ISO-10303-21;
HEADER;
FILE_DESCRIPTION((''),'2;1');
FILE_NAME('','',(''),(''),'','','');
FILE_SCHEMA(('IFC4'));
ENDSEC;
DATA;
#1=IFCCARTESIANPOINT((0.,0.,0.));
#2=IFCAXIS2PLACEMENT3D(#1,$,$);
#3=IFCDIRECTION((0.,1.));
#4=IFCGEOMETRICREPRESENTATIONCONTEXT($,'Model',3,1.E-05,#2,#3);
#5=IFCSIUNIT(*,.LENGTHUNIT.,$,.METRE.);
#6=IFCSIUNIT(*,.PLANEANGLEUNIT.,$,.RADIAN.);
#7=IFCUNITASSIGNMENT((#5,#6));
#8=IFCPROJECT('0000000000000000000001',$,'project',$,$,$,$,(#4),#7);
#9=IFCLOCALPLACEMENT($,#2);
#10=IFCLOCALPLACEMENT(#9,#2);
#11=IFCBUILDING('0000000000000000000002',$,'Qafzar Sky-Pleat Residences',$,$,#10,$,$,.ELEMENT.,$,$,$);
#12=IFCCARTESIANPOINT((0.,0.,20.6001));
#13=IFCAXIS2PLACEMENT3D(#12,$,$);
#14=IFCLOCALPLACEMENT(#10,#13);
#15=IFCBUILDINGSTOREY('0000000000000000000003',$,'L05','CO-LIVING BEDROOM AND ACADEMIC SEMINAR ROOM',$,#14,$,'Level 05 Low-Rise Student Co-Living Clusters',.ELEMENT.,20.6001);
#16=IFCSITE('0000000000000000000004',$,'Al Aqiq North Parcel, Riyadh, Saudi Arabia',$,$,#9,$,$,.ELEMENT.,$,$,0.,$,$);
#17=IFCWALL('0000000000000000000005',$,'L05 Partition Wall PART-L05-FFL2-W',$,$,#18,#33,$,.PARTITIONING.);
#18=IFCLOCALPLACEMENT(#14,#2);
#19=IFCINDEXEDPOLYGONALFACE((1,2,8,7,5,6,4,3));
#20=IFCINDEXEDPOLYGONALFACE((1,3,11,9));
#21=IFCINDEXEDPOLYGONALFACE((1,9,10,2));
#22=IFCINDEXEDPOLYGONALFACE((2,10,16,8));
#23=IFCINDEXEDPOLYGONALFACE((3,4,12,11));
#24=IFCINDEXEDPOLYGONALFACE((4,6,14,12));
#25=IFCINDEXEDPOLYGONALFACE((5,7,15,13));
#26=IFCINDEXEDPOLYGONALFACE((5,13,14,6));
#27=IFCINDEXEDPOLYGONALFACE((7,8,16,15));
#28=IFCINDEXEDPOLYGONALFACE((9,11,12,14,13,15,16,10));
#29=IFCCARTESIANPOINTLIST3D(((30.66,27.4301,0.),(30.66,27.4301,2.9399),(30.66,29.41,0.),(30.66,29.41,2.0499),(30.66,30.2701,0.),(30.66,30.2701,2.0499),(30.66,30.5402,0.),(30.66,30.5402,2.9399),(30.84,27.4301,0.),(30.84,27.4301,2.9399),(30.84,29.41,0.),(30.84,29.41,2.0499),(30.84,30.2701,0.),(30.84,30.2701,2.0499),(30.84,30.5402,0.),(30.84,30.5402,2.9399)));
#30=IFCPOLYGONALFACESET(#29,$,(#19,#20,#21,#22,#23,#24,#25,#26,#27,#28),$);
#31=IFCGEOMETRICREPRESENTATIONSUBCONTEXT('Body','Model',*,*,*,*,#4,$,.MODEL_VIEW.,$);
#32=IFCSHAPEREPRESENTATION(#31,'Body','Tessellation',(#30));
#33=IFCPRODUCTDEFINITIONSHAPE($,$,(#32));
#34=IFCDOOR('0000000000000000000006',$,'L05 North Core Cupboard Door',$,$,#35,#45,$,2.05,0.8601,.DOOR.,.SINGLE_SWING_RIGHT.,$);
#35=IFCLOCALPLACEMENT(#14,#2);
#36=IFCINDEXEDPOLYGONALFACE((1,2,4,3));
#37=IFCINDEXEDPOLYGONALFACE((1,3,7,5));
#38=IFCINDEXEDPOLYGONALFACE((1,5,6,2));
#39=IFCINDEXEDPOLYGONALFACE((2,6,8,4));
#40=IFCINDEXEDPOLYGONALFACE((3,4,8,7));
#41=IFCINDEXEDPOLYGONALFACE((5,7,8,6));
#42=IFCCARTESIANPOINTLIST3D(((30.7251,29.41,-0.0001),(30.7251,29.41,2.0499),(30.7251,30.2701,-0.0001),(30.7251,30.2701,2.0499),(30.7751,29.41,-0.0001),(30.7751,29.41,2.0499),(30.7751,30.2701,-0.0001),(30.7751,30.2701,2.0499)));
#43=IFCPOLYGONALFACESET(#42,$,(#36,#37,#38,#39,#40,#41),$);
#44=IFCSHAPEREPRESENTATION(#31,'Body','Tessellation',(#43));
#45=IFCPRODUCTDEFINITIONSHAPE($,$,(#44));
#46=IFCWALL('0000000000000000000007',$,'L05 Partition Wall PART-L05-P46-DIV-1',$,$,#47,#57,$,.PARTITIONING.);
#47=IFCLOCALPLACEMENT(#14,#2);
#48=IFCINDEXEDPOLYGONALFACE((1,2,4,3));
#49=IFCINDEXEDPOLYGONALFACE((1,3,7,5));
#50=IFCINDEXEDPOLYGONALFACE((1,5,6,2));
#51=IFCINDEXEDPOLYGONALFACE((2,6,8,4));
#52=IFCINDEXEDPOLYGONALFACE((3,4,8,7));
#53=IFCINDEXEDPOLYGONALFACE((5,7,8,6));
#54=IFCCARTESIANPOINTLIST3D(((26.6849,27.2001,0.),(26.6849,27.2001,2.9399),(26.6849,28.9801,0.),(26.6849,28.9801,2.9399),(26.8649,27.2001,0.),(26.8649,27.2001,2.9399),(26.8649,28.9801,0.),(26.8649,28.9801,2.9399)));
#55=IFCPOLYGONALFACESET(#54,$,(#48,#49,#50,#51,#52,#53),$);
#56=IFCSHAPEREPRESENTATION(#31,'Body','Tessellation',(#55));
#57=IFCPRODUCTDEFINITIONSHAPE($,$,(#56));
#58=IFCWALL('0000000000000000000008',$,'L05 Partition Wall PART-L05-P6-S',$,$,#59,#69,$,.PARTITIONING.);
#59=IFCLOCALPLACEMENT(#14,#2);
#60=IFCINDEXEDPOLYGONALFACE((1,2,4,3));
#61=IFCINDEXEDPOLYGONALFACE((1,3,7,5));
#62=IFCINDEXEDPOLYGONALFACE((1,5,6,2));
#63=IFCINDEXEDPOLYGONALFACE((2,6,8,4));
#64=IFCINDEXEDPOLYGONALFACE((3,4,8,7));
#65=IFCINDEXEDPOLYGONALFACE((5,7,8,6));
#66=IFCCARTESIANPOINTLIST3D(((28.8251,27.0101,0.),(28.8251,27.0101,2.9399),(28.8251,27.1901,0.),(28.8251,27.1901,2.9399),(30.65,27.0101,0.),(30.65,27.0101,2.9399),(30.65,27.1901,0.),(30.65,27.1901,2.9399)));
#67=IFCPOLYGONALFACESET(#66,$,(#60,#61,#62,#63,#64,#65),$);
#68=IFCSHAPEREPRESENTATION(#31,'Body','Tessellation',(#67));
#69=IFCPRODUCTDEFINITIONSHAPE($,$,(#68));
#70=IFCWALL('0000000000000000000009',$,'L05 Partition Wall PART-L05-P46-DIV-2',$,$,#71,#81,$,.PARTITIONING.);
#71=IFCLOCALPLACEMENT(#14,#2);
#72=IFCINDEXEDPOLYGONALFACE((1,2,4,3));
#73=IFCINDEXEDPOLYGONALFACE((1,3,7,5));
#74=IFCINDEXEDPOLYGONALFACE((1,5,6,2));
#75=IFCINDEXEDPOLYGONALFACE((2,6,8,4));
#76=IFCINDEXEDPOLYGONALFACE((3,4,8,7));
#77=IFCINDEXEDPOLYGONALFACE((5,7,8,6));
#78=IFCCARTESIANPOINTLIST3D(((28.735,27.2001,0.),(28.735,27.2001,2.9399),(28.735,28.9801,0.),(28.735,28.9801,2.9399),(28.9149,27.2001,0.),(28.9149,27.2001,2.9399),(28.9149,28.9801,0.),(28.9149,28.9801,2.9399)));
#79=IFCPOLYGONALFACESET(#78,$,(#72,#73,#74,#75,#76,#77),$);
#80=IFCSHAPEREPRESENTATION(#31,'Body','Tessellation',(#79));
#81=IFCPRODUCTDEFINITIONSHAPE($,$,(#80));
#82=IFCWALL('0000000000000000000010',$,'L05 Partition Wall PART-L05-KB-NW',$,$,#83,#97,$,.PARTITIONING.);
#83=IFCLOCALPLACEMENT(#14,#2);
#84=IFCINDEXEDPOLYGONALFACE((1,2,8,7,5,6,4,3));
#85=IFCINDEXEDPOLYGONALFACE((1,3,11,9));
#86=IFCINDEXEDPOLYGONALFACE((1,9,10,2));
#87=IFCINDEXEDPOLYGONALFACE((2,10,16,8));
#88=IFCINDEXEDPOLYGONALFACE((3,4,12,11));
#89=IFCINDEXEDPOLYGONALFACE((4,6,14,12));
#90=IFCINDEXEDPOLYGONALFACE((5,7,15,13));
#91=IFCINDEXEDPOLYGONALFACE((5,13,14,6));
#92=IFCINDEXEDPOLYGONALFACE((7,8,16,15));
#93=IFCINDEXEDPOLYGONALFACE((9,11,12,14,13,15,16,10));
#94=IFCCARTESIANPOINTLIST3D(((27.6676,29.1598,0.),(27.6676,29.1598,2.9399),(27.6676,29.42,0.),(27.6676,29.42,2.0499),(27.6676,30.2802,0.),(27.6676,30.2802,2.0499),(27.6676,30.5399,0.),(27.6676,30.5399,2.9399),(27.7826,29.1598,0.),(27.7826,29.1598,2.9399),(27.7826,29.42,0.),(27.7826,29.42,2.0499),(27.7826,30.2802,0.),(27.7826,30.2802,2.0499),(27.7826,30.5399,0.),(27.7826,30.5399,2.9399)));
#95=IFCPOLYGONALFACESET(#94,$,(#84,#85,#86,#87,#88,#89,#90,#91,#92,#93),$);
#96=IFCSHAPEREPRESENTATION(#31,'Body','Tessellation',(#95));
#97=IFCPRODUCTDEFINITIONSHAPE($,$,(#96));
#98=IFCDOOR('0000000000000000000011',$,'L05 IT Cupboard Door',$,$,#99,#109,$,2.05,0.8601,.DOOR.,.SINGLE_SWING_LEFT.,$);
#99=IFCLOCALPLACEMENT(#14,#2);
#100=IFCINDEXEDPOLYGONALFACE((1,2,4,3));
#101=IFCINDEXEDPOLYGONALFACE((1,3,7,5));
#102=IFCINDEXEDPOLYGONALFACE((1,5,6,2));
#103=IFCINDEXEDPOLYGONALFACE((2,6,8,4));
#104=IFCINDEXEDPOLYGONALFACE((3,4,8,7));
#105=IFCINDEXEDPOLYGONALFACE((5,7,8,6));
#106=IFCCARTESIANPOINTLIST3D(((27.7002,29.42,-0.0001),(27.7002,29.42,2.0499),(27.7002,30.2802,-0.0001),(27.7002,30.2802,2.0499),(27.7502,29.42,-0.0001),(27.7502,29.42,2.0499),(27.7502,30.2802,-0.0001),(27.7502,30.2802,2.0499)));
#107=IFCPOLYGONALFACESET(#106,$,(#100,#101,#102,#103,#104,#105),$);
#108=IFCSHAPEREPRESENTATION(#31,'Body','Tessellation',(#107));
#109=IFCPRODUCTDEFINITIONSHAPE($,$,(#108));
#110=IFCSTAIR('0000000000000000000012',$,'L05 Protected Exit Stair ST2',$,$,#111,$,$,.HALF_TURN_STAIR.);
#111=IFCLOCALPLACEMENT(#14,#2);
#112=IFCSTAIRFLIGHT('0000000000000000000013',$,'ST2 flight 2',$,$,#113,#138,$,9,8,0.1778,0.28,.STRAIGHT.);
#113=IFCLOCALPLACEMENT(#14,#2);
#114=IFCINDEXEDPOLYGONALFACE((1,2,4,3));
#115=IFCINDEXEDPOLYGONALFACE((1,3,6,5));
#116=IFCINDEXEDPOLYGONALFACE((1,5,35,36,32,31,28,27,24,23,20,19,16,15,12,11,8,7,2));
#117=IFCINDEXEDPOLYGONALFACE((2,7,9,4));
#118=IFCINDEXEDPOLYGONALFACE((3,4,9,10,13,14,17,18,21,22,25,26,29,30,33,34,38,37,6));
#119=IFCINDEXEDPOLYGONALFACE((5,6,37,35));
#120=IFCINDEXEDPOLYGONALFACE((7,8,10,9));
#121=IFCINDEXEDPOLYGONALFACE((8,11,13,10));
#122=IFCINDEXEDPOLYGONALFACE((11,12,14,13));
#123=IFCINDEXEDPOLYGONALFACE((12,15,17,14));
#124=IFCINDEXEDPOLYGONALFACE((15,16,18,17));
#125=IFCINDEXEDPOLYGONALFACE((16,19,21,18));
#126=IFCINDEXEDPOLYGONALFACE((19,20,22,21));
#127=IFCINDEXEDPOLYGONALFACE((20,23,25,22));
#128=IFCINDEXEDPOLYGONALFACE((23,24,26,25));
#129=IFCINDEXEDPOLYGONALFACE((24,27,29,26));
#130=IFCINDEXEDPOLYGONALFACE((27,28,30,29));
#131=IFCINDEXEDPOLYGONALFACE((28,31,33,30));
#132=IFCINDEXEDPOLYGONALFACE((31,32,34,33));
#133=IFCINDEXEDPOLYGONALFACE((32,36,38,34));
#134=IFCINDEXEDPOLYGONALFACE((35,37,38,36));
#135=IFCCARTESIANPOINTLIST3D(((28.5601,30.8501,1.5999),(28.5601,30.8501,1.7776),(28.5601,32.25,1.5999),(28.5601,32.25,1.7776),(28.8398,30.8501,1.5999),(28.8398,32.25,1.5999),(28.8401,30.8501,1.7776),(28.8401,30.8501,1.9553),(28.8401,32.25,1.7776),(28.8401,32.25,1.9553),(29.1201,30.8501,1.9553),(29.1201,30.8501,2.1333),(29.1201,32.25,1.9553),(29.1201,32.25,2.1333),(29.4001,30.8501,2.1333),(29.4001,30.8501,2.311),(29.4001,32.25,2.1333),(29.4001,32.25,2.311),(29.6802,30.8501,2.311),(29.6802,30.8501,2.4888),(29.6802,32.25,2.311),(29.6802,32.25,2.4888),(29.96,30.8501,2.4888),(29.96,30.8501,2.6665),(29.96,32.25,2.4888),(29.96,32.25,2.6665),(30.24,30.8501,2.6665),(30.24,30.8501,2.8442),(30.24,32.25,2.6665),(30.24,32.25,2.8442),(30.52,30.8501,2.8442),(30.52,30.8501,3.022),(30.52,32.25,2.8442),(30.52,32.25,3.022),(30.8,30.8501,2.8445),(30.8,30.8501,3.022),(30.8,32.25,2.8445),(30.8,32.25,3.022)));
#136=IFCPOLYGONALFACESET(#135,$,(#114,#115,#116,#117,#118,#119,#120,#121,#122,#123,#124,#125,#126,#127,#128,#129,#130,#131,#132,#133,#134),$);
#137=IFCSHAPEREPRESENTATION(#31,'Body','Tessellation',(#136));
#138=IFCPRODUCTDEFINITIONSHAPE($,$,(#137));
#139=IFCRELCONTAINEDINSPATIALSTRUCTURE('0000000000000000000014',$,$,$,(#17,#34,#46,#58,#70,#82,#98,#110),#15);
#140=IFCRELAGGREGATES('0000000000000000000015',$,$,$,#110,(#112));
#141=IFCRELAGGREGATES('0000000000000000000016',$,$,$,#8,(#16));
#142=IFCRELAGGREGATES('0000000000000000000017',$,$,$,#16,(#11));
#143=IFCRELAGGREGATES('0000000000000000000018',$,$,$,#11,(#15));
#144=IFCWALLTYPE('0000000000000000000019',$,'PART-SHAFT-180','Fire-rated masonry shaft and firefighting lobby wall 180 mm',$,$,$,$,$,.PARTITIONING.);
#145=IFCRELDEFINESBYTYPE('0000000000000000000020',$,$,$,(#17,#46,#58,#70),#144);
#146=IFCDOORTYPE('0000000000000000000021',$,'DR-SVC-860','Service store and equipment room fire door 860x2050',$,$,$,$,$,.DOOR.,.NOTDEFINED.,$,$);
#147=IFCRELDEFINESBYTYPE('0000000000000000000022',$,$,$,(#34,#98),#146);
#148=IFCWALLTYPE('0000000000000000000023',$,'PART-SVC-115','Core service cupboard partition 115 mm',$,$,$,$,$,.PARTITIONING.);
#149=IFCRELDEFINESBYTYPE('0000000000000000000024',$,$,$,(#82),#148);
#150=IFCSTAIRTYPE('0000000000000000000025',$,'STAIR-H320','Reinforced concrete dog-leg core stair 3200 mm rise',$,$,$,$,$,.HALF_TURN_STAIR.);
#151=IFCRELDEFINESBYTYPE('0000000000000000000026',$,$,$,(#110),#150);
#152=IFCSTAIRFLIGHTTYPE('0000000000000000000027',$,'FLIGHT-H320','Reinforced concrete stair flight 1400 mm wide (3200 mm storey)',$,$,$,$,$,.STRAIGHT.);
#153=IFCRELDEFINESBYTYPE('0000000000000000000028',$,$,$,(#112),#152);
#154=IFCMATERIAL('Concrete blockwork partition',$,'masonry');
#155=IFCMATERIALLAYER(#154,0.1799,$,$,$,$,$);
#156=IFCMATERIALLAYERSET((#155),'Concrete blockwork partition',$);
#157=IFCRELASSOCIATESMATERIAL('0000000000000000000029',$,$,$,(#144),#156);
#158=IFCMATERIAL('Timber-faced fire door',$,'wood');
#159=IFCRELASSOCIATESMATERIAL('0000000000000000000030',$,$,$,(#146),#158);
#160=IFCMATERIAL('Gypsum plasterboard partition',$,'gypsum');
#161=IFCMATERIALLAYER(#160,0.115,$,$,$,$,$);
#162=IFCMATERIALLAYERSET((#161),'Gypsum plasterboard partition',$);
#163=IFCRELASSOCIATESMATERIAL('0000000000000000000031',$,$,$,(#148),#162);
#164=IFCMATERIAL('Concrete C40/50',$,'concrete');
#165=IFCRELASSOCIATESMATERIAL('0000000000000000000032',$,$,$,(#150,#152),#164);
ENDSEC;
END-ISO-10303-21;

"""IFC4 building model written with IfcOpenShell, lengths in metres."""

from ifc_helpers import new_model, si_unit, direction, frame, frame_2d, origin, place, context, subcontext, project, spatial, polyline, rectangle, outline, extrude, source, transform, mapped, material, layer, layer_set, type_object, element, fill, aggregate, save


model = new_model("IFC4")

# Units and contexts
model_context = context("Model", 3, precision=1e-05, world=origin(), true_north=direction((0.0, 1.0)))
body_context = subcontext(model_context, "Body", "Model", "MODEL_VIEW")
ifc_project = project(units=[si_unit("LENGTHUNIT", "METRE"), si_unit("PLANEANGLEUNIT", "RADIAN")], contexts=[model_context])

# Site, building, storey
site_placement = place(None, origin())
site = spatial("IfcSite", under=ifc_project, at=site_placement, Name="Al Aqiq North Parcel, Riyadh, Saudi Arabia", CompositionType="ELEMENT", RefElevation=0.0)
building_placement = place(site_placement, origin())
building = spatial("IfcBuilding", under=site, at=building_placement, Name="Qafzar Sky-Pleat Residences", CompositionType="ELEMENT")
storey_placement = place(building_placement, frame((0.0, 0.0, 20.6001)))
storey = spatial("IfcBuildingStorey", under=building, at=storey_placement, Name="L05", Description="CO-LIVING BEDROOM AND ACADEMIC SEMINAR ROOM", LongName="Level 05 Low-Rise Student Co-Living Clusters", CompositionType="ELEMENT", Elevation=20.6001)

# Wall, opening, door
ifc_material_1 = material(Name="Concrete blockwork partition", Category="masonry")
ifc_layer_1 = layer(ifc_material_1, 0.1799)
ifc_layer_set_1 = layer_set([ifc_layer_1], Name="Concrete blockwork partition")
wall_type_1 = type_object("IfcWallType", Name="PART-SHAFT-180", Description="Fire-rated masonry shaft and firefighting lobby wall 180 mm", PredefinedType="PARTITIONING", material=ifc_layer_set_1)
ifc_material_2 = material(Name="Timber-faced fire door", Category="wood")
wall_1_placement = place(storey_placement, frame((30.75, 27.4299, 0.0), z_axis=(0.0, 0.0, 1.0), x_axis=(0.0, 1.0, 0.0)))
wall_1 = element("IfcWall", 1, at=wall_1_placement, inside=storey, type_object=wall_type_1, Name="L05 Partition Wall PART-L05-FFL2-W", PredefinedType="PARTITIONING", context=body_context, shape_type="SweptSolid", body=[
    extrude(rectangle(XDim=3.1101, YDim=0.1799, at=frame_2d((1.5552, 0.0))), origin(), (0.0, 0.0, 1.0), 2.9399),
])
opening_1_placement = place(wall_1_placement, frame((1.98, 0.0, 0.0)))
opening_1 = element("IfcOpeningElement", 2, at=opening_1_placement, cuts=wall_1, PredefinedType="OPENING", context=body_context, shape_type="SweptSolid", body=[
    extrude(rectangle(XDim=0.8601, YDim=2.05, at=frame_2d((0.4302, 1.0249))), frame((0.0, 0.1001, 0.0), z_axis=(0.0, -1.0, 0.0), x_axis=(1.0, 0.0, 0.0)), (0.0, 0.0, 1.0), 0.2),
])
door_type_1 = type_object("IfcDoorType", Name="DR-SVC-860", Description="Service store and equipment room fire door 860x2050", OperationType="NOTDEFINED", PredefinedType="DOOR", material=ifc_material_2)
shared_shape_1 = source(origin(), body_context, "Body", "SweptSolid", [
    extrude(rectangle(XDim=0.8601, YDim=2.05, at=frame_2d((0.4302, 1.0249))), frame((0.0, 0.0249, 0.0), z_axis=(0.0, -1.0, 0.0), x_axis=(1.0, 0.0, 0.0)), (0.0, 0.0, 1.0), 0.05),
])
door_1_placement = place(opening_1_placement, origin())
door_1 = element("IfcDoor", 3, at=door_1_placement, inside=storey, type_object=door_type_1, Name="L05 North Core Cupboard Door", OperationType="SINGLE_SWING_RIGHT", OverallHeight=2.05, OverallWidth=0.8601, PredefinedType="DOOR", context=body_context, shape_type="MappedRepresentation", body=[
    mapped(shared_shape_1, transform((0.0, 0.0, 0.0), x_axis=(1.0, 0.0, 0.0), y_axis=(0.0, 1.0, 0.0), z_axis=(0.0, 0.0, 1.0), scale=1.0)),
])
fill(opening_1, door_1)

# Walls
wall_2_placement = place(storey_placement, frame((26.7749, 27.2, 0.0), z_axis=(0.0, 0.0, 1.0), x_axis=(0.0, 1.0, 0.0)))
element("IfcWall", 4, at=wall_2_placement, inside=storey, type_object=wall_type_1, Name="L05 Partition Wall PART-L05-P46-DIV-1", PredefinedType="PARTITIONING", context=body_context, shape_type="SweptSolid", body=[
    extrude(rectangle(XDim=1.78, YDim=0.1799, at=frame_2d((0.8901, 0.0))), origin(), (0.0, 0.0, 1.0), 2.9399),
])
wall_3_placement = place(storey_placement, frame((28.825, 27.1001, 0.0), z_axis=(0.0, 0.0, 1.0), x_axis=(1.0, 0.0, 0.0)))
element("IfcWall", 5, at=wall_3_placement, inside=storey, type_object=wall_type_1, Name="L05 Partition Wall PART-L05-P6-S", PredefinedType="PARTITIONING", context=body_context, shape_type="SweptSolid", body=[
    extrude(rectangle(XDim=1.825, YDim=0.1799, at=frame_2d((0.9126, 0.0))), origin(), (0.0, 0.0, 1.0), 2.9399),
])
wall_4_placement = place(storey_placement, frame((28.825, 27.2, 0.0), z_axis=(0.0, 0.0, 1.0), x_axis=(0.0, 1.0, 0.0)))
element("IfcWall", 6, at=wall_4_placement, inside=storey, type_object=wall_type_1, Name="L05 Partition Wall PART-L05-P46-DIV-2", PredefinedType="PARTITIONING", context=body_context, shape_type="SweptSolid", body=[
    extrude(rectangle(XDim=1.78, YDim=0.1799, at=frame_2d((0.8901, 0.0))), origin(), (0.0, 0.0, 1.0), 2.9399),
])

# Wall, opening, door
ifc_material_3 = material(Name="Gypsum plasterboard partition", Category="gypsum")
ifc_layer_2 = layer(ifc_material_3, 0.115)
ifc_layer_set_2 = layer_set([ifc_layer_2], Name="Gypsum plasterboard partition")
wall_type_2 = type_object("IfcWallType", Name="PART-SVC-115", Description="Core service cupboard partition 115 mm", PredefinedType="PARTITIONING", material=ifc_layer_set_2)
wall_5_placement = place(storey_placement, frame((27.7251, 29.1599, 0.0), z_axis=(0.0, 0.0, 1.0), x_axis=(0.0, 1.0, 0.0)))
wall_5 = element("IfcWall", 7, at=wall_5_placement, inside=storey, type_object=wall_type_2, Name="L05 Partition Wall PART-L05-KB-NW", PredefinedType="PARTITIONING", context=body_context, shape_type="SweptSolid", body=[
    extrude(rectangle(XDim=1.3801, YDim=0.115, at=frame_2d((0.6899, 0.0))), origin(), (0.0, 0.0, 1.0), 2.9399),
])
opening_2_placement = place(wall_5_placement, frame((0.26, 0.0, 0.0)))
opening_2 = element("IfcOpeningElement", 8, at=opening_2_placement, cuts=wall_5, PredefinedType="OPENING", context=body_context, shape_type="SweptSolid", body=[
    extrude(rectangle(XDim=0.8601, YDim=2.05, at=frame_2d((0.4302, 1.0249))), frame((0.0, 0.0674, 0.0), z_axis=(0.0, -1.0, 0.0), x_axis=(1.0, 0.0, 0.0)), (0.0, 0.0, 1.0), 0.135),
])
door_2_placement = place(opening_2_placement, origin())
door_2 = element("IfcDoor", 9, at=door_2_placement, inside=storey, type_object=door_type_1, Name="L05 IT Cupboard Door", OperationType="SINGLE_SWING_LEFT", OverallHeight=2.05, OverallWidth=0.8601, PredefinedType="DOOR", context=body_context, shape_type="MappedRepresentation", body=[
    mapped(shared_shape_1, transform((0.0, 0.0, 0.0), x_axis=(1.0, 0.0, 0.0), y_axis=(0.0, 1.0, 0.0), z_axis=(0.0, 0.0, 1.0), scale=1.0)),
])
fill(opening_2, door_2)

# Stair, stair flight
ifc_material_4 = material(Name="Concrete C40/50", Category="concrete")
stair_type = type_object("IfcStairType", Name="STAIR-H320", Description="Reinforced concrete dog-leg core stair 3200 mm rise", PredefinedType="HALF_TURN_STAIR", material=ifc_material_4)
stair_placement = place(storey_placement, origin())
stair = element("IfcStair", 10, at=stair_placement, inside=storey, type_object=stair_type, Name="L05 Protected Exit Stair ST2", PredefinedType="HALF_TURN_STAIR")
stair_flight_type = type_object("IfcStairFlightType", Name="FLIGHT-H320", Description="Reinforced concrete stair flight 1400 mm wide (3200 mm storey)", PredefinedType="STRAIGHT", material=ifc_material_4)
shared_shape_2 = source(origin(), body_context, "Body", "SweptSolid", [
    extrude(outline(polyline([(0.0, 0.0), (0.0, 0.1777), (0.28, 0.1777), (0.28, 0.3555), (0.5601, 0.3555), (0.5601, 0.5334), (0.8401, 0.5334), (0.8401, 0.7112), (1.1201, 0.7112), (1.1201, 0.8889), (1.3999, 0.8889), (1.3999, 1.0667), (1.6799, 1.0667), (1.6799, 1.2444), (1.96, 1.2444), (1.96, 1.4221), (2.24, 1.4221), (2.24, 1.6001), (2.24, 1.2446), (0.2798, 0.0), (0.0, 0.0)])), frame((0.0, 0.7, 0.0), z_axis=(0.0, -1.0, 0.0), x_axis=(1.0, 0.0, 0.0)), (0.0, 0.0, 1.0), 1.3999),
])
stair_flight_placement = place(storey_placement, frame((28.5601, 31.55, 1.5999), z_axis=(0.0, 0.0, 1.0), x_axis=(1.0, 0.0, 0.0)))
stair_flight = element("IfcStairFlight", 11, at=stair_flight_placement, type_object=stair_flight_type, Name="ST2 flight 2", NumberOfRisers=9, NumberOfTreads=8, PredefinedType="STRAIGHT", RiserHeight=0.1778, TreadLength=0.28, context=body_context, shape_type="MappedRepresentation", body=[
    mapped(shared_shape_2, transform((0.0, 0.0, 0.0), x_axis=(1.0, 0.0, 0.0), y_axis=(0.0, 1.0, 0.0), z_axis=(0.0, 0.0, 1.0), scale=1.0)),
])
aggregate(stair, [stair_flight])

save(model, "model.ifc")
